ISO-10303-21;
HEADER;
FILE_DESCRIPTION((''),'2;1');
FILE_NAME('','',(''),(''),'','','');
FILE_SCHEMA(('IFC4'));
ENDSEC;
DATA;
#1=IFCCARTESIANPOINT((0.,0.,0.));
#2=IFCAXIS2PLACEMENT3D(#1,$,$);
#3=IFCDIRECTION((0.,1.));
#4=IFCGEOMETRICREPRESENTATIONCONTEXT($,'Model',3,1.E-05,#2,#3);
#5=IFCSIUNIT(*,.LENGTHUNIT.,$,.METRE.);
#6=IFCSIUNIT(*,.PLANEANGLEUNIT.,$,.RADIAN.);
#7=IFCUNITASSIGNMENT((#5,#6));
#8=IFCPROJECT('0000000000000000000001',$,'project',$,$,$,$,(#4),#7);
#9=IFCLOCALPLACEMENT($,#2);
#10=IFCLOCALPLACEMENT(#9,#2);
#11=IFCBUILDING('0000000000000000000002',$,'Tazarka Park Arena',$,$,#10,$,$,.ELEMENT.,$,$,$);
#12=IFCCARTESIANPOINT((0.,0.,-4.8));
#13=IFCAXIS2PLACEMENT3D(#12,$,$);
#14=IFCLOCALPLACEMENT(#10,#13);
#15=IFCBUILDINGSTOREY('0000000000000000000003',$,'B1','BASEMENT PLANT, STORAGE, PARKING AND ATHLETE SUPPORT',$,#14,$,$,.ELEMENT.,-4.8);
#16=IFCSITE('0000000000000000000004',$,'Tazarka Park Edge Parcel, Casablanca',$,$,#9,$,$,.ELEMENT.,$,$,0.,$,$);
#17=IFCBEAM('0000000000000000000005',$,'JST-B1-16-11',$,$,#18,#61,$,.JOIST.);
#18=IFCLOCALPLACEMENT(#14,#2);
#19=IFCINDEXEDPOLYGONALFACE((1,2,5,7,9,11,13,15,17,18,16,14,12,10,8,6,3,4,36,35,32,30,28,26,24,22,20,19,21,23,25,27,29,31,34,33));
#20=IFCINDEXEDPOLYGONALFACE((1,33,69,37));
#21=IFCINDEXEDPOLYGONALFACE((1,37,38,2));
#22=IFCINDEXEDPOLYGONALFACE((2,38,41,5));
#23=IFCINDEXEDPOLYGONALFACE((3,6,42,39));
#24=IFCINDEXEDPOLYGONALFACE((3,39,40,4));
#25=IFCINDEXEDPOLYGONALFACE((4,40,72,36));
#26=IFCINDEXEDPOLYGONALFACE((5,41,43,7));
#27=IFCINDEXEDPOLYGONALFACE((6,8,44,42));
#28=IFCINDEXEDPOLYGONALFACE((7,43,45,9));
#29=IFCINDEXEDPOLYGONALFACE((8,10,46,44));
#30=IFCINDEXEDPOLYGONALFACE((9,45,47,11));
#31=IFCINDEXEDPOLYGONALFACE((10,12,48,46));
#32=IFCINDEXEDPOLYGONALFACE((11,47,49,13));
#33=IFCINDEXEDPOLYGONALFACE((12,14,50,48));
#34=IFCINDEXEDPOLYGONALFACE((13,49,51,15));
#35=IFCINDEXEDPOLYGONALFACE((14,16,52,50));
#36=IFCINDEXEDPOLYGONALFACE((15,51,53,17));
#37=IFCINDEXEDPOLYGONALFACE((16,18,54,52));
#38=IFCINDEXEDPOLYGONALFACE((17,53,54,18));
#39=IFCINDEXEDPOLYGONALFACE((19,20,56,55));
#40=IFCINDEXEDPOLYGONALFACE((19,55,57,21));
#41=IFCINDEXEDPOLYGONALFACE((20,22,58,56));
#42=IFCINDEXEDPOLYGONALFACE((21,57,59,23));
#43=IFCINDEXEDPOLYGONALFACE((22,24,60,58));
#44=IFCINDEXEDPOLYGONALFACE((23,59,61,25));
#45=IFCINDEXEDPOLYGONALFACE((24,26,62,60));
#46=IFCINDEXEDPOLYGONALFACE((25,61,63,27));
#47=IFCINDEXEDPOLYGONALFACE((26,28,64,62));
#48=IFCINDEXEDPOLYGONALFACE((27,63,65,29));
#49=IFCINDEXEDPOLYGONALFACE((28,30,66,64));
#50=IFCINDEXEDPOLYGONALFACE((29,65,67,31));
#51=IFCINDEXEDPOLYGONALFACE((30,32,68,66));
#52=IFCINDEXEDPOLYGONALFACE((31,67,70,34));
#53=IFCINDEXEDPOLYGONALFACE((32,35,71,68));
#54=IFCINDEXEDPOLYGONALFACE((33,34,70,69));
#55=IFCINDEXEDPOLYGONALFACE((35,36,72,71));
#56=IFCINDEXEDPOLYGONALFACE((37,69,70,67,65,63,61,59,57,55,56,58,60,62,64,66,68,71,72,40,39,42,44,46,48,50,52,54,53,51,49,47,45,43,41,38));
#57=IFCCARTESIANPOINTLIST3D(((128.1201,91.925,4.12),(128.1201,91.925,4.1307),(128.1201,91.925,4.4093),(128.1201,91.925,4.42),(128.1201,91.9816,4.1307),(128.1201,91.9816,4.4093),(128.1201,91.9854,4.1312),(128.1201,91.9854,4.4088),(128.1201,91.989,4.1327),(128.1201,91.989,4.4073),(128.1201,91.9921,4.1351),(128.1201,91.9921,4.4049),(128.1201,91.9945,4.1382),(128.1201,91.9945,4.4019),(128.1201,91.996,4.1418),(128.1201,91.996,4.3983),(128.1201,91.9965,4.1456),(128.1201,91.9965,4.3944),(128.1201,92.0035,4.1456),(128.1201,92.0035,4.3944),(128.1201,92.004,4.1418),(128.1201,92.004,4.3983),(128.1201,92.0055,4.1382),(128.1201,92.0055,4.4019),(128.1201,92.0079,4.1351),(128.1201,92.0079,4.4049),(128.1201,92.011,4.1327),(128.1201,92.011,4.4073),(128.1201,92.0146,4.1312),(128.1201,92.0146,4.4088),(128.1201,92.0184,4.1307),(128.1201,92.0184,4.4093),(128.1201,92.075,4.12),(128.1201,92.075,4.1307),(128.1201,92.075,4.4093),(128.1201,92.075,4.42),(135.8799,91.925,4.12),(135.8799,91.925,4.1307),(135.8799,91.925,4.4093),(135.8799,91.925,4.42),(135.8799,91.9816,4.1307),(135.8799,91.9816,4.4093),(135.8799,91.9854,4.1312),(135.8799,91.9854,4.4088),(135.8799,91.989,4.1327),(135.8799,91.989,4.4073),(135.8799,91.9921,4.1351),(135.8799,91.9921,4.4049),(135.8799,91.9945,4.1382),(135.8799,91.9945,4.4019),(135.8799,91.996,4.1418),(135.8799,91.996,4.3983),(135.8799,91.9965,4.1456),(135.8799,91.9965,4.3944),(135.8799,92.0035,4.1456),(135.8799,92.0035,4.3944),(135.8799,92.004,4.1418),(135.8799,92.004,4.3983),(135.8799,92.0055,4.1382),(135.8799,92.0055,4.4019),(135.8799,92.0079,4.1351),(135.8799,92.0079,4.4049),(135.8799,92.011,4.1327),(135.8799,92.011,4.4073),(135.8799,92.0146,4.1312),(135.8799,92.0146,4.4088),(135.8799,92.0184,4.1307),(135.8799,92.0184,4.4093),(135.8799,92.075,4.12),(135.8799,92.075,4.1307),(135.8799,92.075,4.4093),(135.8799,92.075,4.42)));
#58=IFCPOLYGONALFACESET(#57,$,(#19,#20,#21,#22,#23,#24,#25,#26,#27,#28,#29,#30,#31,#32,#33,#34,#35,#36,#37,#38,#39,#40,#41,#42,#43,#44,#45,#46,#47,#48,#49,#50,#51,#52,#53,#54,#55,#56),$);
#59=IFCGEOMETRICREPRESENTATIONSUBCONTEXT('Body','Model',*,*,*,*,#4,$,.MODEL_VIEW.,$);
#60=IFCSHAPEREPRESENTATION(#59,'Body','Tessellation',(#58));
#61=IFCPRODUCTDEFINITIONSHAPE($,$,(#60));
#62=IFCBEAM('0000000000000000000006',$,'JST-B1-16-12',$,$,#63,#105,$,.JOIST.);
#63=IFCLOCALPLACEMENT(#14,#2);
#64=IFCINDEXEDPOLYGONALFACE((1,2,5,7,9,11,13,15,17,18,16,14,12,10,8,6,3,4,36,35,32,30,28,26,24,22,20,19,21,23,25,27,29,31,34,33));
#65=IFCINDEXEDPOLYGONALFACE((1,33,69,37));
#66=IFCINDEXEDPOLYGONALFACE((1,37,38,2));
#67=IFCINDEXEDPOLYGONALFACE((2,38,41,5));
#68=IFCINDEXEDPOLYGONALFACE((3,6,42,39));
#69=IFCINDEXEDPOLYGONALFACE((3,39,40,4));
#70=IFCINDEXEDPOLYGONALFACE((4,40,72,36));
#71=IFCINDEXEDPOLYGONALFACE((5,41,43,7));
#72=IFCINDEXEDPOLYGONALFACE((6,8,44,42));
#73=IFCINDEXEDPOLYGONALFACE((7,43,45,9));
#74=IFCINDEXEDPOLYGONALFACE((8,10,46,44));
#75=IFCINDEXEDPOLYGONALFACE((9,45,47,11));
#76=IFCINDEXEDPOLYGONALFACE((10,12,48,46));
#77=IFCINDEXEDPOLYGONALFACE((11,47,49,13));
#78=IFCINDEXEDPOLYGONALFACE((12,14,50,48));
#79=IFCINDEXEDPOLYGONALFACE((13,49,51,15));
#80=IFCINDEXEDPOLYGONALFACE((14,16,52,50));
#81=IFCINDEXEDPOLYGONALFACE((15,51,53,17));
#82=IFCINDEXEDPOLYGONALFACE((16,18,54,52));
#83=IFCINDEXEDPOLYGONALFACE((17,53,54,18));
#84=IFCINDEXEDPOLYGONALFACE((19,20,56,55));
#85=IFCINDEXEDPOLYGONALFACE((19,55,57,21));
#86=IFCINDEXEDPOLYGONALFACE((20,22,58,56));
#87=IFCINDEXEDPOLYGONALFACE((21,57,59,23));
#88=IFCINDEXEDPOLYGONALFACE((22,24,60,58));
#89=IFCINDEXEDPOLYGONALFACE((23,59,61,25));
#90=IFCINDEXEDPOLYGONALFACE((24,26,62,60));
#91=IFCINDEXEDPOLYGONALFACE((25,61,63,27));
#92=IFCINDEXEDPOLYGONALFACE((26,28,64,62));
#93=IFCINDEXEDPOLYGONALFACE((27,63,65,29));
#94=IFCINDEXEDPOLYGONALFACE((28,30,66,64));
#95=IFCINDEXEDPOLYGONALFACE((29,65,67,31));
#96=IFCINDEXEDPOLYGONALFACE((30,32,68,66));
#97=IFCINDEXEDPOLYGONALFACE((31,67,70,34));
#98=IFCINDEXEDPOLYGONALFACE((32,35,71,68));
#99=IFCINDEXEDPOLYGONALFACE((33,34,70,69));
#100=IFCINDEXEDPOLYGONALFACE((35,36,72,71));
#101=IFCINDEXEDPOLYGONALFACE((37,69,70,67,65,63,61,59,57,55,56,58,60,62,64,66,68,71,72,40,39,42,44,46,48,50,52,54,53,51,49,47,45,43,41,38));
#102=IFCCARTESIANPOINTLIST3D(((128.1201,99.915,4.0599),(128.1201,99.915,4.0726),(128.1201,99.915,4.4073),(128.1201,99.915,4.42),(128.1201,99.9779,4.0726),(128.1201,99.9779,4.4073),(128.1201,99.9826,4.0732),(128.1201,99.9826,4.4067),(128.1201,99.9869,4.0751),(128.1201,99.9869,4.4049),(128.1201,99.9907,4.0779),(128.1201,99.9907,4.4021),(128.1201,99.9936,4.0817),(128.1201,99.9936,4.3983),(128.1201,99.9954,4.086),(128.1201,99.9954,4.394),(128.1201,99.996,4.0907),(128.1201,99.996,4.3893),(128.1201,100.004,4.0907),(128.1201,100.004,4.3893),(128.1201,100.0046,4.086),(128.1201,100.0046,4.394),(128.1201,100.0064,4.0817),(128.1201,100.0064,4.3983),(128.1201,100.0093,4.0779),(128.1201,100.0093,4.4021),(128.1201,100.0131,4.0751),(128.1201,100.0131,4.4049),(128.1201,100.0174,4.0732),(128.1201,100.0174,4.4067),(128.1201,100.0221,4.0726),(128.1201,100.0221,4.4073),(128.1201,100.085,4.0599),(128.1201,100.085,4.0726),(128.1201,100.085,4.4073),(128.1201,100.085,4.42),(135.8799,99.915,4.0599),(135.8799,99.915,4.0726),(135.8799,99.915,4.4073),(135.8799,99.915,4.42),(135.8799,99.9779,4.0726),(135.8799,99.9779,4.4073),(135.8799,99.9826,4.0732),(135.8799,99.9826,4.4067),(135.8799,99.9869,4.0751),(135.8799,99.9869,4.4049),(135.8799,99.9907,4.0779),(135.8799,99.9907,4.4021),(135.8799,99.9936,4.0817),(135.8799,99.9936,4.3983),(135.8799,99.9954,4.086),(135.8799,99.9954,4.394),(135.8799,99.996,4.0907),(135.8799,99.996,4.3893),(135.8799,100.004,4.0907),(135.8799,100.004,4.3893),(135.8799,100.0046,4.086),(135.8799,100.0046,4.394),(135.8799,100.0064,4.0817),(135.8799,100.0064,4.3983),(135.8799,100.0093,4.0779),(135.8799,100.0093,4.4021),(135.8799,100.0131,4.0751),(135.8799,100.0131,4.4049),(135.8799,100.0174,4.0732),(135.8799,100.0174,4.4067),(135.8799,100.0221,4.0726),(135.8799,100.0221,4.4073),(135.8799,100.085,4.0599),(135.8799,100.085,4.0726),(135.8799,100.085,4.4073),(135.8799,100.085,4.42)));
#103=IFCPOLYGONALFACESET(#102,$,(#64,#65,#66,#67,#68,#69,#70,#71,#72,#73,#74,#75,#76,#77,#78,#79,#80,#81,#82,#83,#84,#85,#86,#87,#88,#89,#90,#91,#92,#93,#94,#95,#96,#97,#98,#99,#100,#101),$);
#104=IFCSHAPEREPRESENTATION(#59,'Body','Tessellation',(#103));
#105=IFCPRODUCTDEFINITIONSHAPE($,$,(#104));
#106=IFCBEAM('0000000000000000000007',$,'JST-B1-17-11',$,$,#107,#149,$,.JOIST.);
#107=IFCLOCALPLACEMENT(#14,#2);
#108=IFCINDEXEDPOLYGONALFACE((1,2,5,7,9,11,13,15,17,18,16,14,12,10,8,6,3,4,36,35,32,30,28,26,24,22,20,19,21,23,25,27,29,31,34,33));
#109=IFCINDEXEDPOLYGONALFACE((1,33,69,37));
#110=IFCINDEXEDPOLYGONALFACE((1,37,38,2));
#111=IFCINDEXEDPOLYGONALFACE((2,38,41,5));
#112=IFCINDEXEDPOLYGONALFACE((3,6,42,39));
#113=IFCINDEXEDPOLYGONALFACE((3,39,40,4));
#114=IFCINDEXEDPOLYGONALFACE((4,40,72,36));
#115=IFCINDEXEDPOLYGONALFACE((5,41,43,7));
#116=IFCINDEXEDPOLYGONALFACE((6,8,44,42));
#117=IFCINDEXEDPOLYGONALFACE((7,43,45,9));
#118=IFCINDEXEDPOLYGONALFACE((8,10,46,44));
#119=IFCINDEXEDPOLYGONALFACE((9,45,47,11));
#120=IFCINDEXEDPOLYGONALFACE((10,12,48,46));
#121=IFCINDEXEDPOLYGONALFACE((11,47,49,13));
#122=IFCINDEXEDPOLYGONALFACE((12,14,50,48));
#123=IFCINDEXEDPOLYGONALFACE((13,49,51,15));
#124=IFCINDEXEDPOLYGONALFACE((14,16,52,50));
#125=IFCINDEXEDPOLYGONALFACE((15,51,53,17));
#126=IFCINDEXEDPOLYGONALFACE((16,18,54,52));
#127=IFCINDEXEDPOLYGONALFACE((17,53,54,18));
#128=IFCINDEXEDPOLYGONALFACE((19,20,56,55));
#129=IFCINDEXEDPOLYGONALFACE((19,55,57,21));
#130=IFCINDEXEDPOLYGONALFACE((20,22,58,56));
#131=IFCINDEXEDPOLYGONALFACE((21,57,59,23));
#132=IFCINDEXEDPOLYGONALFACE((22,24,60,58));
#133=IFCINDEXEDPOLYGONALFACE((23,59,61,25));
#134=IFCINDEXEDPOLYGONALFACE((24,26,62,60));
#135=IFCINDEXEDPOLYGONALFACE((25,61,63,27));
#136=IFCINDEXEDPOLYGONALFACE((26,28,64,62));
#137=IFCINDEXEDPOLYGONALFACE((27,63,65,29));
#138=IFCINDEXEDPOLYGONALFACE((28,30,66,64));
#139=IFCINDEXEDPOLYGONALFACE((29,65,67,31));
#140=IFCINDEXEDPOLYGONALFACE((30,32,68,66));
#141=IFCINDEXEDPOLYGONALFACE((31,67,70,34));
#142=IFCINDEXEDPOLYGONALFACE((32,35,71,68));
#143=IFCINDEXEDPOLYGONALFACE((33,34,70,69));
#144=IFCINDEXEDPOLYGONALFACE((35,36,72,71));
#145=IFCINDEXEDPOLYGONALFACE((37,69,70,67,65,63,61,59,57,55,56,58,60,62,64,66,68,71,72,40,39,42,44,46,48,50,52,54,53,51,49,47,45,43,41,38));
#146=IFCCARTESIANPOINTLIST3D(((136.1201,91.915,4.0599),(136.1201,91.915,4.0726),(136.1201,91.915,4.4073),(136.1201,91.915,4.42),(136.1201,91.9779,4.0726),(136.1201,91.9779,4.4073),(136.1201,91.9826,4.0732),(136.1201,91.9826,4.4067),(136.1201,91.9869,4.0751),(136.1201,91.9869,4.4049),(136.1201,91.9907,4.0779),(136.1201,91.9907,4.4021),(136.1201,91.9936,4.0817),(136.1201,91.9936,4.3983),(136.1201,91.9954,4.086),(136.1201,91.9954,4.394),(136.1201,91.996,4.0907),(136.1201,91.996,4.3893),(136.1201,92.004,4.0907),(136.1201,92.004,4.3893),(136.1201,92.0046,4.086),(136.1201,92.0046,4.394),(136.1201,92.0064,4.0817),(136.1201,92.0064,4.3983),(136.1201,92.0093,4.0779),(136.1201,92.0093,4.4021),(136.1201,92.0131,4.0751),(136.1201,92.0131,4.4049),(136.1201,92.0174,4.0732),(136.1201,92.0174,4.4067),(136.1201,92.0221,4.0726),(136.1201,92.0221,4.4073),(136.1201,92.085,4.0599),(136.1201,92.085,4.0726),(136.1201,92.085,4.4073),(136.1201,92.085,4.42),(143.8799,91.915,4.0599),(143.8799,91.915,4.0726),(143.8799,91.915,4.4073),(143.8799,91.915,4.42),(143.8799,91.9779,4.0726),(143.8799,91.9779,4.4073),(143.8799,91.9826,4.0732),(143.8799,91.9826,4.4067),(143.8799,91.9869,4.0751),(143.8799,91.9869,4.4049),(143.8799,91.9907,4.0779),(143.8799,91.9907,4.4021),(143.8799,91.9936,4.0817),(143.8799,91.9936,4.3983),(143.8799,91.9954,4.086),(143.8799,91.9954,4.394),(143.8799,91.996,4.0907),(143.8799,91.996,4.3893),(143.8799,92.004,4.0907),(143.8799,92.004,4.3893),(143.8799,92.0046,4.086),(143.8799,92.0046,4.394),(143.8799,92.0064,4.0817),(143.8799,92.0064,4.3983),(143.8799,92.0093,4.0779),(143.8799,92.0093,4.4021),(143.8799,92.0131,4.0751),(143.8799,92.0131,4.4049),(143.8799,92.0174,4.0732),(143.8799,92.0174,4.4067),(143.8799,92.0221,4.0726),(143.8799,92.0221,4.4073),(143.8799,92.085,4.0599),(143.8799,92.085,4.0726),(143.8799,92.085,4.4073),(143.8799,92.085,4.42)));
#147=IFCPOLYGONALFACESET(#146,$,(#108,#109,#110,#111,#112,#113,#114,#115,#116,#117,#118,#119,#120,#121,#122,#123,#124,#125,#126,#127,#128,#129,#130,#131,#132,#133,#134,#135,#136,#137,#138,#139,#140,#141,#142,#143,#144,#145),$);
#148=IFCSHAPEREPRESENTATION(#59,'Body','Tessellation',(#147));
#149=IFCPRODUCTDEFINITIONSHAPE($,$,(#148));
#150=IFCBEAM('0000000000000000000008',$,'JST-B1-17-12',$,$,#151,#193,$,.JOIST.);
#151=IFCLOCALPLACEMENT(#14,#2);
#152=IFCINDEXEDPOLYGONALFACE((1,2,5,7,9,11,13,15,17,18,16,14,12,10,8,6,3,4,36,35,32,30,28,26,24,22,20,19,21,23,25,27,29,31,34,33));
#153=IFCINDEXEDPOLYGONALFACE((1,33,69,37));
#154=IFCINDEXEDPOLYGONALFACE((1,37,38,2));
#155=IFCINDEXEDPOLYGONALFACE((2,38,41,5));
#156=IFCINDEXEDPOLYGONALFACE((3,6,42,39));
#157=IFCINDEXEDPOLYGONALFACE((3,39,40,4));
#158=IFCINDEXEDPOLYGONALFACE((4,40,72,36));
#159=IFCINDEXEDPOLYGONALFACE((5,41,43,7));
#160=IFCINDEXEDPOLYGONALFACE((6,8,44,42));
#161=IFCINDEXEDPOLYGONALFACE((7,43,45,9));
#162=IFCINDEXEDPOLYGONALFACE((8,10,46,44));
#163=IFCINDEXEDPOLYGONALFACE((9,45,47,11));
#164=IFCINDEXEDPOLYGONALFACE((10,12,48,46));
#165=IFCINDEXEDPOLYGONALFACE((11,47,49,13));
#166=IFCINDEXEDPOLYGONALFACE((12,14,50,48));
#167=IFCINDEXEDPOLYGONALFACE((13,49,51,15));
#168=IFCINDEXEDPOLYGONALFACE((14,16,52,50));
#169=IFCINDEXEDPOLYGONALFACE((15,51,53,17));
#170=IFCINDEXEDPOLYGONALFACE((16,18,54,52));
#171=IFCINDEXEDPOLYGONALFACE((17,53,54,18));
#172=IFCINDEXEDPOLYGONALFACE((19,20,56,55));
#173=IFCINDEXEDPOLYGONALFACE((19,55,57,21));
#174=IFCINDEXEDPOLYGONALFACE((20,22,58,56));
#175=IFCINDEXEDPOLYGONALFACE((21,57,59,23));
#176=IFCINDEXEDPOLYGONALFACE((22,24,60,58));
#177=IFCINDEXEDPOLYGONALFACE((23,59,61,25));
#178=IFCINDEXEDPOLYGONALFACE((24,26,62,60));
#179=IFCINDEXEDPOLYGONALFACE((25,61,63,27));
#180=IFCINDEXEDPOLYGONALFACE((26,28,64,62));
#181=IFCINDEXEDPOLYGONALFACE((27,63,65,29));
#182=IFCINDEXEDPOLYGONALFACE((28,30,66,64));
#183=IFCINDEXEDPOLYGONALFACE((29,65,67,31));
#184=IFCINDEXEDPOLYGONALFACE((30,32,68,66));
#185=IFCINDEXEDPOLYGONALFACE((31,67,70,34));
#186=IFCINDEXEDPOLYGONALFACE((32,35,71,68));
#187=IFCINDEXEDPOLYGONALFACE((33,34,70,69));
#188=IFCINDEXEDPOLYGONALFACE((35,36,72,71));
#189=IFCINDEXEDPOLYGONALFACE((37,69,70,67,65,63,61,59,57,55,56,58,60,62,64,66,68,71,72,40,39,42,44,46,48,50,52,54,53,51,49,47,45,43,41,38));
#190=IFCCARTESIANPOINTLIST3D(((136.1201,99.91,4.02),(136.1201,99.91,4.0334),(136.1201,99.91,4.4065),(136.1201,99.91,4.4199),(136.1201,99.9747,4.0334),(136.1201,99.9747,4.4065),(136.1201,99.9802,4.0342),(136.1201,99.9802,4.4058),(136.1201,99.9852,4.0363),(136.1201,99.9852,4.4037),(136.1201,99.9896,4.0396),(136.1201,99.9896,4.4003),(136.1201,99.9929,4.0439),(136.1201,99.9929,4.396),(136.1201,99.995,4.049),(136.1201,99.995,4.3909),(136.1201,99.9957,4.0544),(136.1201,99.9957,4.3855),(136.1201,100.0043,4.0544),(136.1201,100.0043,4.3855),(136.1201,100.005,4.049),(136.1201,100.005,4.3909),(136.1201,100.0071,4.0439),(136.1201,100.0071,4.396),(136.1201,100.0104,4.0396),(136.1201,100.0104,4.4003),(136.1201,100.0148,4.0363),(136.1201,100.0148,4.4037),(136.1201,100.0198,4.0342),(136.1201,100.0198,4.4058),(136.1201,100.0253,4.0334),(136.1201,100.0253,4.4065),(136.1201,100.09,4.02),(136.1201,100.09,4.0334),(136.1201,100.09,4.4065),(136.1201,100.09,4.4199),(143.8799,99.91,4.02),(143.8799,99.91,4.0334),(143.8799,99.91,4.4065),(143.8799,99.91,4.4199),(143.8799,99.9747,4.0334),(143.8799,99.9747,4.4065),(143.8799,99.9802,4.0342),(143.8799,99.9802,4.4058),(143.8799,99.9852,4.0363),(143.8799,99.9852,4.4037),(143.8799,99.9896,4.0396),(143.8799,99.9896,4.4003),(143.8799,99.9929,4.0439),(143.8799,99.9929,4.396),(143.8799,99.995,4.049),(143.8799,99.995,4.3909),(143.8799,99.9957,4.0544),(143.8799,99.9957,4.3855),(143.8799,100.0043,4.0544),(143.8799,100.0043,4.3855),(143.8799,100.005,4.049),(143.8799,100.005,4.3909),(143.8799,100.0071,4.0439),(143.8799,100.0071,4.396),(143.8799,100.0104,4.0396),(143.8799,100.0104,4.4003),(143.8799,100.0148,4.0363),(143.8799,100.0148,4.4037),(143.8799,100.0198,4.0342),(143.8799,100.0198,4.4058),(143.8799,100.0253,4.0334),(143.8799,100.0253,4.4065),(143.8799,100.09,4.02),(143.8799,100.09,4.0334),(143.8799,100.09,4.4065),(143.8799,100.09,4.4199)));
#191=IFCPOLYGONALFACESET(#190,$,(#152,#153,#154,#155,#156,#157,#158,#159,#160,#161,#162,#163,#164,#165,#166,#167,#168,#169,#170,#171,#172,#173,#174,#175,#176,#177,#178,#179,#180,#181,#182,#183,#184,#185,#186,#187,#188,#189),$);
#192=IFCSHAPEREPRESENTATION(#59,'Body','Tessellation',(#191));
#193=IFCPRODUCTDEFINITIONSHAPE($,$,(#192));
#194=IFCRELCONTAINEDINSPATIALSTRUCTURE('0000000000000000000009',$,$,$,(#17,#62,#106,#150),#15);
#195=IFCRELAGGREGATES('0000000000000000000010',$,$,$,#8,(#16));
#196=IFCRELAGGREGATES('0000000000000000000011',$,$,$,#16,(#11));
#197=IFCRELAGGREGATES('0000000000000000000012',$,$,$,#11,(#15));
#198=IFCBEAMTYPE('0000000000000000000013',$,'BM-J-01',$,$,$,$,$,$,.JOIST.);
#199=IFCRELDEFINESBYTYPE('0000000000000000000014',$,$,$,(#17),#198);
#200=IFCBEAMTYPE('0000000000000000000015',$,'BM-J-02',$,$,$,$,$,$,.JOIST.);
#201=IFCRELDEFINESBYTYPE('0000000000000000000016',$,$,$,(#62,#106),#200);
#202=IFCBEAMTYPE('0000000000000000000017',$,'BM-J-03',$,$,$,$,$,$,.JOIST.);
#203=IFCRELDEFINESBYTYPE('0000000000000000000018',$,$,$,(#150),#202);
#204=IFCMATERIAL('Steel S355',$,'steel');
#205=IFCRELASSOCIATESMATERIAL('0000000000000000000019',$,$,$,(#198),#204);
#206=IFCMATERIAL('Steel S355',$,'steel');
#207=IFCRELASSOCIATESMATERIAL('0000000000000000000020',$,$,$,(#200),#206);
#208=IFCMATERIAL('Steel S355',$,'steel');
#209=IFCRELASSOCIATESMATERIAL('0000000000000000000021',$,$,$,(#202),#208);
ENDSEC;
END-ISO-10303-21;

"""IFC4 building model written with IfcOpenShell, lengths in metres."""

from ifc_helpers import new_model, si_unit, direction, frame, origin, origin_2d, place, context, subcontext, project, spatial, i_section, extrude, material, material_profile, profile_set, type_object, element, save


model = new_model("IFC4")

# Units and contexts
model_context = context("Model", 3, precision=1e-05, world=origin(), true_north=direction((0.0, 1.0)))
body_context = subcontext(model_context, "Body", "Model", "MODEL_VIEW")
ifc_project = project(units=[si_unit("LENGTHUNIT", "METRE"), si_unit("PLANEANGLEUNIT", "RADIAN")], contexts=[model_context])

# Site, building, storey
site_placement = place(None, origin())
site = spatial("IfcSite", under=ifc_project, at=site_placement, Name="Tazarka Park Edge Parcel, Casablanca", CompositionType="ELEMENT", RefElevation=0.0)
building_placement = place(site_placement, origin())
building = spatial("IfcBuilding", under=site, at=building_placement, Name="Tazarka Park Arena", CompositionType="ELEMENT")
storey_placement = place(building_placement, frame((0.0, 0.0, -4.8)))
storey = spatial("IfcBuildingStorey", under=building, at=storey_placement, Name="B1", Description="BASEMENT PLANT, STORAGE, PARKING AND ATHLETE SUPPORT", CompositionType="ELEMENT", Elevation=-4.8)

# Beams
ifc_material_1 = material(Name="Steel S355", Category="steel")
ifc_material_profile_1 = material_profile(ifc_material_1, i_section(OverallWidth=0.1499, OverallDepth=0.3, WebThickness=0.0071, FlangeThickness=0.0107, FilletRadius=0.0149, at=origin_2d()), Name="Steel S355")
ifc_profile_set_1 = profile_set([ifc_material_profile_1], Name="Steel S355")
beam_type_1 = type_object("IfcBeamType", Name="BM-J-01", PredefinedType="JOIST", material=ifc_profile_set_1)
beam_1_placement = place(storey_placement, frame((128.1201, 92.0, 4.27), z_axis=(1.0, 0.0, 0.0), x_axis=(0.0, 1.0, 0.0)))
element("IfcBeam", 1, at=beam_1_placement, inside=storey, type_object=beam_type_1, Name="JST-B1-16-11", PredefinedType="JOIST", context=body_context, shape_type="SweptSolid", body=[
    extrude(i_section(OverallWidth=0.1499, OverallDepth=0.3, WebThickness=0.0071, FlangeThickness=0.0107, FilletRadius=0.0149, at=origin_2d()), origin(), (0.0, 0.0, 1.0), 7.7598),
])
ifc_material_2 = material(Name="Steel S355", Category="steel")
ifc_material_profile_2 = material_profile(ifc_material_2, i_section(OverallWidth=0.1699, OverallDepth=0.3601, WebThickness=0.0081, FlangeThickness=0.0127, FilletRadius=0.0181, at=origin_2d()), Name="Steel S355")
ifc_profile_set_2 = profile_set([ifc_material_profile_2], Name="Steel S355")
beam_type_2 = type_object("IfcBeamType", Name="BM-J-02", PredefinedType="JOIST", material=ifc_profile_set_2)
for number, where, z_axis, x_axis, name in (
    (2, (128.1201, 100.0, 4.24), (1.0, 0.0, 0.0), (0.0, 1.0, 0.0), "JST-B1-16-12"),
    (3, (136.1201, 92.0, 4.24), (1.0, 0.0, 0.0), (0.0, 1.0, 0.0), "JST-B1-17-11"),
):
    element("IfcBeam", number, at=place(storey_placement, frame(where, z_axis=z_axis, x_axis=x_axis)), inside=storey, type_object=beam_type_2, Name=name, PredefinedType="JOIST", context=body_context, shape_type="SweptSolid", body=[
        extrude(i_section(OverallWidth=0.1699, OverallDepth=0.3601, WebThickness=0.0081, FlangeThickness=0.0127, FilletRadius=0.0181, at=origin_2d()), origin(), (0.0, 0.0, 1.0), 7.7598),
    ])
ifc_material_3 = material(Name="Steel S355", Category="steel")
ifc_material_profile_3 = material_profile(ifc_material_3, i_section(OverallWidth=0.1799, OverallDepth=0.3999, WebThickness=0.0085, FlangeThickness=0.0134, FilletRadius=0.021, at=origin_2d()), Name="Steel S355")
ifc_profile_set_3 = profile_set([ifc_material_profile_3], Name="Steel S355")
beam_type_3 = type_object("IfcBeamType", Name="BM-J-03", PredefinedType="JOIST", material=ifc_profile_set_3)
beam_2_placement = place(storey_placement, frame((136.1201, 100.0, 4.22), z_axis=(1.0, 0.0, 0.0), x_axis=(0.0, 1.0, 0.0)))
element("IfcBeam", 4, at=beam_2_placement, inside=storey, type_object=beam_type_3, Name="JST-B1-17-12", PredefinedType="JOIST", context=body_context, shape_type="SweptSolid", body=[
    extrude(i_section(OverallWidth=0.1799, OverallDepth=0.3999, WebThickness=0.0085, FlangeThickness=0.0134, FilletRadius=0.021, at=origin_2d()), origin(), (0.0, 0.0, 1.0), 7.7598),
])

save(model, "model.ifc")
